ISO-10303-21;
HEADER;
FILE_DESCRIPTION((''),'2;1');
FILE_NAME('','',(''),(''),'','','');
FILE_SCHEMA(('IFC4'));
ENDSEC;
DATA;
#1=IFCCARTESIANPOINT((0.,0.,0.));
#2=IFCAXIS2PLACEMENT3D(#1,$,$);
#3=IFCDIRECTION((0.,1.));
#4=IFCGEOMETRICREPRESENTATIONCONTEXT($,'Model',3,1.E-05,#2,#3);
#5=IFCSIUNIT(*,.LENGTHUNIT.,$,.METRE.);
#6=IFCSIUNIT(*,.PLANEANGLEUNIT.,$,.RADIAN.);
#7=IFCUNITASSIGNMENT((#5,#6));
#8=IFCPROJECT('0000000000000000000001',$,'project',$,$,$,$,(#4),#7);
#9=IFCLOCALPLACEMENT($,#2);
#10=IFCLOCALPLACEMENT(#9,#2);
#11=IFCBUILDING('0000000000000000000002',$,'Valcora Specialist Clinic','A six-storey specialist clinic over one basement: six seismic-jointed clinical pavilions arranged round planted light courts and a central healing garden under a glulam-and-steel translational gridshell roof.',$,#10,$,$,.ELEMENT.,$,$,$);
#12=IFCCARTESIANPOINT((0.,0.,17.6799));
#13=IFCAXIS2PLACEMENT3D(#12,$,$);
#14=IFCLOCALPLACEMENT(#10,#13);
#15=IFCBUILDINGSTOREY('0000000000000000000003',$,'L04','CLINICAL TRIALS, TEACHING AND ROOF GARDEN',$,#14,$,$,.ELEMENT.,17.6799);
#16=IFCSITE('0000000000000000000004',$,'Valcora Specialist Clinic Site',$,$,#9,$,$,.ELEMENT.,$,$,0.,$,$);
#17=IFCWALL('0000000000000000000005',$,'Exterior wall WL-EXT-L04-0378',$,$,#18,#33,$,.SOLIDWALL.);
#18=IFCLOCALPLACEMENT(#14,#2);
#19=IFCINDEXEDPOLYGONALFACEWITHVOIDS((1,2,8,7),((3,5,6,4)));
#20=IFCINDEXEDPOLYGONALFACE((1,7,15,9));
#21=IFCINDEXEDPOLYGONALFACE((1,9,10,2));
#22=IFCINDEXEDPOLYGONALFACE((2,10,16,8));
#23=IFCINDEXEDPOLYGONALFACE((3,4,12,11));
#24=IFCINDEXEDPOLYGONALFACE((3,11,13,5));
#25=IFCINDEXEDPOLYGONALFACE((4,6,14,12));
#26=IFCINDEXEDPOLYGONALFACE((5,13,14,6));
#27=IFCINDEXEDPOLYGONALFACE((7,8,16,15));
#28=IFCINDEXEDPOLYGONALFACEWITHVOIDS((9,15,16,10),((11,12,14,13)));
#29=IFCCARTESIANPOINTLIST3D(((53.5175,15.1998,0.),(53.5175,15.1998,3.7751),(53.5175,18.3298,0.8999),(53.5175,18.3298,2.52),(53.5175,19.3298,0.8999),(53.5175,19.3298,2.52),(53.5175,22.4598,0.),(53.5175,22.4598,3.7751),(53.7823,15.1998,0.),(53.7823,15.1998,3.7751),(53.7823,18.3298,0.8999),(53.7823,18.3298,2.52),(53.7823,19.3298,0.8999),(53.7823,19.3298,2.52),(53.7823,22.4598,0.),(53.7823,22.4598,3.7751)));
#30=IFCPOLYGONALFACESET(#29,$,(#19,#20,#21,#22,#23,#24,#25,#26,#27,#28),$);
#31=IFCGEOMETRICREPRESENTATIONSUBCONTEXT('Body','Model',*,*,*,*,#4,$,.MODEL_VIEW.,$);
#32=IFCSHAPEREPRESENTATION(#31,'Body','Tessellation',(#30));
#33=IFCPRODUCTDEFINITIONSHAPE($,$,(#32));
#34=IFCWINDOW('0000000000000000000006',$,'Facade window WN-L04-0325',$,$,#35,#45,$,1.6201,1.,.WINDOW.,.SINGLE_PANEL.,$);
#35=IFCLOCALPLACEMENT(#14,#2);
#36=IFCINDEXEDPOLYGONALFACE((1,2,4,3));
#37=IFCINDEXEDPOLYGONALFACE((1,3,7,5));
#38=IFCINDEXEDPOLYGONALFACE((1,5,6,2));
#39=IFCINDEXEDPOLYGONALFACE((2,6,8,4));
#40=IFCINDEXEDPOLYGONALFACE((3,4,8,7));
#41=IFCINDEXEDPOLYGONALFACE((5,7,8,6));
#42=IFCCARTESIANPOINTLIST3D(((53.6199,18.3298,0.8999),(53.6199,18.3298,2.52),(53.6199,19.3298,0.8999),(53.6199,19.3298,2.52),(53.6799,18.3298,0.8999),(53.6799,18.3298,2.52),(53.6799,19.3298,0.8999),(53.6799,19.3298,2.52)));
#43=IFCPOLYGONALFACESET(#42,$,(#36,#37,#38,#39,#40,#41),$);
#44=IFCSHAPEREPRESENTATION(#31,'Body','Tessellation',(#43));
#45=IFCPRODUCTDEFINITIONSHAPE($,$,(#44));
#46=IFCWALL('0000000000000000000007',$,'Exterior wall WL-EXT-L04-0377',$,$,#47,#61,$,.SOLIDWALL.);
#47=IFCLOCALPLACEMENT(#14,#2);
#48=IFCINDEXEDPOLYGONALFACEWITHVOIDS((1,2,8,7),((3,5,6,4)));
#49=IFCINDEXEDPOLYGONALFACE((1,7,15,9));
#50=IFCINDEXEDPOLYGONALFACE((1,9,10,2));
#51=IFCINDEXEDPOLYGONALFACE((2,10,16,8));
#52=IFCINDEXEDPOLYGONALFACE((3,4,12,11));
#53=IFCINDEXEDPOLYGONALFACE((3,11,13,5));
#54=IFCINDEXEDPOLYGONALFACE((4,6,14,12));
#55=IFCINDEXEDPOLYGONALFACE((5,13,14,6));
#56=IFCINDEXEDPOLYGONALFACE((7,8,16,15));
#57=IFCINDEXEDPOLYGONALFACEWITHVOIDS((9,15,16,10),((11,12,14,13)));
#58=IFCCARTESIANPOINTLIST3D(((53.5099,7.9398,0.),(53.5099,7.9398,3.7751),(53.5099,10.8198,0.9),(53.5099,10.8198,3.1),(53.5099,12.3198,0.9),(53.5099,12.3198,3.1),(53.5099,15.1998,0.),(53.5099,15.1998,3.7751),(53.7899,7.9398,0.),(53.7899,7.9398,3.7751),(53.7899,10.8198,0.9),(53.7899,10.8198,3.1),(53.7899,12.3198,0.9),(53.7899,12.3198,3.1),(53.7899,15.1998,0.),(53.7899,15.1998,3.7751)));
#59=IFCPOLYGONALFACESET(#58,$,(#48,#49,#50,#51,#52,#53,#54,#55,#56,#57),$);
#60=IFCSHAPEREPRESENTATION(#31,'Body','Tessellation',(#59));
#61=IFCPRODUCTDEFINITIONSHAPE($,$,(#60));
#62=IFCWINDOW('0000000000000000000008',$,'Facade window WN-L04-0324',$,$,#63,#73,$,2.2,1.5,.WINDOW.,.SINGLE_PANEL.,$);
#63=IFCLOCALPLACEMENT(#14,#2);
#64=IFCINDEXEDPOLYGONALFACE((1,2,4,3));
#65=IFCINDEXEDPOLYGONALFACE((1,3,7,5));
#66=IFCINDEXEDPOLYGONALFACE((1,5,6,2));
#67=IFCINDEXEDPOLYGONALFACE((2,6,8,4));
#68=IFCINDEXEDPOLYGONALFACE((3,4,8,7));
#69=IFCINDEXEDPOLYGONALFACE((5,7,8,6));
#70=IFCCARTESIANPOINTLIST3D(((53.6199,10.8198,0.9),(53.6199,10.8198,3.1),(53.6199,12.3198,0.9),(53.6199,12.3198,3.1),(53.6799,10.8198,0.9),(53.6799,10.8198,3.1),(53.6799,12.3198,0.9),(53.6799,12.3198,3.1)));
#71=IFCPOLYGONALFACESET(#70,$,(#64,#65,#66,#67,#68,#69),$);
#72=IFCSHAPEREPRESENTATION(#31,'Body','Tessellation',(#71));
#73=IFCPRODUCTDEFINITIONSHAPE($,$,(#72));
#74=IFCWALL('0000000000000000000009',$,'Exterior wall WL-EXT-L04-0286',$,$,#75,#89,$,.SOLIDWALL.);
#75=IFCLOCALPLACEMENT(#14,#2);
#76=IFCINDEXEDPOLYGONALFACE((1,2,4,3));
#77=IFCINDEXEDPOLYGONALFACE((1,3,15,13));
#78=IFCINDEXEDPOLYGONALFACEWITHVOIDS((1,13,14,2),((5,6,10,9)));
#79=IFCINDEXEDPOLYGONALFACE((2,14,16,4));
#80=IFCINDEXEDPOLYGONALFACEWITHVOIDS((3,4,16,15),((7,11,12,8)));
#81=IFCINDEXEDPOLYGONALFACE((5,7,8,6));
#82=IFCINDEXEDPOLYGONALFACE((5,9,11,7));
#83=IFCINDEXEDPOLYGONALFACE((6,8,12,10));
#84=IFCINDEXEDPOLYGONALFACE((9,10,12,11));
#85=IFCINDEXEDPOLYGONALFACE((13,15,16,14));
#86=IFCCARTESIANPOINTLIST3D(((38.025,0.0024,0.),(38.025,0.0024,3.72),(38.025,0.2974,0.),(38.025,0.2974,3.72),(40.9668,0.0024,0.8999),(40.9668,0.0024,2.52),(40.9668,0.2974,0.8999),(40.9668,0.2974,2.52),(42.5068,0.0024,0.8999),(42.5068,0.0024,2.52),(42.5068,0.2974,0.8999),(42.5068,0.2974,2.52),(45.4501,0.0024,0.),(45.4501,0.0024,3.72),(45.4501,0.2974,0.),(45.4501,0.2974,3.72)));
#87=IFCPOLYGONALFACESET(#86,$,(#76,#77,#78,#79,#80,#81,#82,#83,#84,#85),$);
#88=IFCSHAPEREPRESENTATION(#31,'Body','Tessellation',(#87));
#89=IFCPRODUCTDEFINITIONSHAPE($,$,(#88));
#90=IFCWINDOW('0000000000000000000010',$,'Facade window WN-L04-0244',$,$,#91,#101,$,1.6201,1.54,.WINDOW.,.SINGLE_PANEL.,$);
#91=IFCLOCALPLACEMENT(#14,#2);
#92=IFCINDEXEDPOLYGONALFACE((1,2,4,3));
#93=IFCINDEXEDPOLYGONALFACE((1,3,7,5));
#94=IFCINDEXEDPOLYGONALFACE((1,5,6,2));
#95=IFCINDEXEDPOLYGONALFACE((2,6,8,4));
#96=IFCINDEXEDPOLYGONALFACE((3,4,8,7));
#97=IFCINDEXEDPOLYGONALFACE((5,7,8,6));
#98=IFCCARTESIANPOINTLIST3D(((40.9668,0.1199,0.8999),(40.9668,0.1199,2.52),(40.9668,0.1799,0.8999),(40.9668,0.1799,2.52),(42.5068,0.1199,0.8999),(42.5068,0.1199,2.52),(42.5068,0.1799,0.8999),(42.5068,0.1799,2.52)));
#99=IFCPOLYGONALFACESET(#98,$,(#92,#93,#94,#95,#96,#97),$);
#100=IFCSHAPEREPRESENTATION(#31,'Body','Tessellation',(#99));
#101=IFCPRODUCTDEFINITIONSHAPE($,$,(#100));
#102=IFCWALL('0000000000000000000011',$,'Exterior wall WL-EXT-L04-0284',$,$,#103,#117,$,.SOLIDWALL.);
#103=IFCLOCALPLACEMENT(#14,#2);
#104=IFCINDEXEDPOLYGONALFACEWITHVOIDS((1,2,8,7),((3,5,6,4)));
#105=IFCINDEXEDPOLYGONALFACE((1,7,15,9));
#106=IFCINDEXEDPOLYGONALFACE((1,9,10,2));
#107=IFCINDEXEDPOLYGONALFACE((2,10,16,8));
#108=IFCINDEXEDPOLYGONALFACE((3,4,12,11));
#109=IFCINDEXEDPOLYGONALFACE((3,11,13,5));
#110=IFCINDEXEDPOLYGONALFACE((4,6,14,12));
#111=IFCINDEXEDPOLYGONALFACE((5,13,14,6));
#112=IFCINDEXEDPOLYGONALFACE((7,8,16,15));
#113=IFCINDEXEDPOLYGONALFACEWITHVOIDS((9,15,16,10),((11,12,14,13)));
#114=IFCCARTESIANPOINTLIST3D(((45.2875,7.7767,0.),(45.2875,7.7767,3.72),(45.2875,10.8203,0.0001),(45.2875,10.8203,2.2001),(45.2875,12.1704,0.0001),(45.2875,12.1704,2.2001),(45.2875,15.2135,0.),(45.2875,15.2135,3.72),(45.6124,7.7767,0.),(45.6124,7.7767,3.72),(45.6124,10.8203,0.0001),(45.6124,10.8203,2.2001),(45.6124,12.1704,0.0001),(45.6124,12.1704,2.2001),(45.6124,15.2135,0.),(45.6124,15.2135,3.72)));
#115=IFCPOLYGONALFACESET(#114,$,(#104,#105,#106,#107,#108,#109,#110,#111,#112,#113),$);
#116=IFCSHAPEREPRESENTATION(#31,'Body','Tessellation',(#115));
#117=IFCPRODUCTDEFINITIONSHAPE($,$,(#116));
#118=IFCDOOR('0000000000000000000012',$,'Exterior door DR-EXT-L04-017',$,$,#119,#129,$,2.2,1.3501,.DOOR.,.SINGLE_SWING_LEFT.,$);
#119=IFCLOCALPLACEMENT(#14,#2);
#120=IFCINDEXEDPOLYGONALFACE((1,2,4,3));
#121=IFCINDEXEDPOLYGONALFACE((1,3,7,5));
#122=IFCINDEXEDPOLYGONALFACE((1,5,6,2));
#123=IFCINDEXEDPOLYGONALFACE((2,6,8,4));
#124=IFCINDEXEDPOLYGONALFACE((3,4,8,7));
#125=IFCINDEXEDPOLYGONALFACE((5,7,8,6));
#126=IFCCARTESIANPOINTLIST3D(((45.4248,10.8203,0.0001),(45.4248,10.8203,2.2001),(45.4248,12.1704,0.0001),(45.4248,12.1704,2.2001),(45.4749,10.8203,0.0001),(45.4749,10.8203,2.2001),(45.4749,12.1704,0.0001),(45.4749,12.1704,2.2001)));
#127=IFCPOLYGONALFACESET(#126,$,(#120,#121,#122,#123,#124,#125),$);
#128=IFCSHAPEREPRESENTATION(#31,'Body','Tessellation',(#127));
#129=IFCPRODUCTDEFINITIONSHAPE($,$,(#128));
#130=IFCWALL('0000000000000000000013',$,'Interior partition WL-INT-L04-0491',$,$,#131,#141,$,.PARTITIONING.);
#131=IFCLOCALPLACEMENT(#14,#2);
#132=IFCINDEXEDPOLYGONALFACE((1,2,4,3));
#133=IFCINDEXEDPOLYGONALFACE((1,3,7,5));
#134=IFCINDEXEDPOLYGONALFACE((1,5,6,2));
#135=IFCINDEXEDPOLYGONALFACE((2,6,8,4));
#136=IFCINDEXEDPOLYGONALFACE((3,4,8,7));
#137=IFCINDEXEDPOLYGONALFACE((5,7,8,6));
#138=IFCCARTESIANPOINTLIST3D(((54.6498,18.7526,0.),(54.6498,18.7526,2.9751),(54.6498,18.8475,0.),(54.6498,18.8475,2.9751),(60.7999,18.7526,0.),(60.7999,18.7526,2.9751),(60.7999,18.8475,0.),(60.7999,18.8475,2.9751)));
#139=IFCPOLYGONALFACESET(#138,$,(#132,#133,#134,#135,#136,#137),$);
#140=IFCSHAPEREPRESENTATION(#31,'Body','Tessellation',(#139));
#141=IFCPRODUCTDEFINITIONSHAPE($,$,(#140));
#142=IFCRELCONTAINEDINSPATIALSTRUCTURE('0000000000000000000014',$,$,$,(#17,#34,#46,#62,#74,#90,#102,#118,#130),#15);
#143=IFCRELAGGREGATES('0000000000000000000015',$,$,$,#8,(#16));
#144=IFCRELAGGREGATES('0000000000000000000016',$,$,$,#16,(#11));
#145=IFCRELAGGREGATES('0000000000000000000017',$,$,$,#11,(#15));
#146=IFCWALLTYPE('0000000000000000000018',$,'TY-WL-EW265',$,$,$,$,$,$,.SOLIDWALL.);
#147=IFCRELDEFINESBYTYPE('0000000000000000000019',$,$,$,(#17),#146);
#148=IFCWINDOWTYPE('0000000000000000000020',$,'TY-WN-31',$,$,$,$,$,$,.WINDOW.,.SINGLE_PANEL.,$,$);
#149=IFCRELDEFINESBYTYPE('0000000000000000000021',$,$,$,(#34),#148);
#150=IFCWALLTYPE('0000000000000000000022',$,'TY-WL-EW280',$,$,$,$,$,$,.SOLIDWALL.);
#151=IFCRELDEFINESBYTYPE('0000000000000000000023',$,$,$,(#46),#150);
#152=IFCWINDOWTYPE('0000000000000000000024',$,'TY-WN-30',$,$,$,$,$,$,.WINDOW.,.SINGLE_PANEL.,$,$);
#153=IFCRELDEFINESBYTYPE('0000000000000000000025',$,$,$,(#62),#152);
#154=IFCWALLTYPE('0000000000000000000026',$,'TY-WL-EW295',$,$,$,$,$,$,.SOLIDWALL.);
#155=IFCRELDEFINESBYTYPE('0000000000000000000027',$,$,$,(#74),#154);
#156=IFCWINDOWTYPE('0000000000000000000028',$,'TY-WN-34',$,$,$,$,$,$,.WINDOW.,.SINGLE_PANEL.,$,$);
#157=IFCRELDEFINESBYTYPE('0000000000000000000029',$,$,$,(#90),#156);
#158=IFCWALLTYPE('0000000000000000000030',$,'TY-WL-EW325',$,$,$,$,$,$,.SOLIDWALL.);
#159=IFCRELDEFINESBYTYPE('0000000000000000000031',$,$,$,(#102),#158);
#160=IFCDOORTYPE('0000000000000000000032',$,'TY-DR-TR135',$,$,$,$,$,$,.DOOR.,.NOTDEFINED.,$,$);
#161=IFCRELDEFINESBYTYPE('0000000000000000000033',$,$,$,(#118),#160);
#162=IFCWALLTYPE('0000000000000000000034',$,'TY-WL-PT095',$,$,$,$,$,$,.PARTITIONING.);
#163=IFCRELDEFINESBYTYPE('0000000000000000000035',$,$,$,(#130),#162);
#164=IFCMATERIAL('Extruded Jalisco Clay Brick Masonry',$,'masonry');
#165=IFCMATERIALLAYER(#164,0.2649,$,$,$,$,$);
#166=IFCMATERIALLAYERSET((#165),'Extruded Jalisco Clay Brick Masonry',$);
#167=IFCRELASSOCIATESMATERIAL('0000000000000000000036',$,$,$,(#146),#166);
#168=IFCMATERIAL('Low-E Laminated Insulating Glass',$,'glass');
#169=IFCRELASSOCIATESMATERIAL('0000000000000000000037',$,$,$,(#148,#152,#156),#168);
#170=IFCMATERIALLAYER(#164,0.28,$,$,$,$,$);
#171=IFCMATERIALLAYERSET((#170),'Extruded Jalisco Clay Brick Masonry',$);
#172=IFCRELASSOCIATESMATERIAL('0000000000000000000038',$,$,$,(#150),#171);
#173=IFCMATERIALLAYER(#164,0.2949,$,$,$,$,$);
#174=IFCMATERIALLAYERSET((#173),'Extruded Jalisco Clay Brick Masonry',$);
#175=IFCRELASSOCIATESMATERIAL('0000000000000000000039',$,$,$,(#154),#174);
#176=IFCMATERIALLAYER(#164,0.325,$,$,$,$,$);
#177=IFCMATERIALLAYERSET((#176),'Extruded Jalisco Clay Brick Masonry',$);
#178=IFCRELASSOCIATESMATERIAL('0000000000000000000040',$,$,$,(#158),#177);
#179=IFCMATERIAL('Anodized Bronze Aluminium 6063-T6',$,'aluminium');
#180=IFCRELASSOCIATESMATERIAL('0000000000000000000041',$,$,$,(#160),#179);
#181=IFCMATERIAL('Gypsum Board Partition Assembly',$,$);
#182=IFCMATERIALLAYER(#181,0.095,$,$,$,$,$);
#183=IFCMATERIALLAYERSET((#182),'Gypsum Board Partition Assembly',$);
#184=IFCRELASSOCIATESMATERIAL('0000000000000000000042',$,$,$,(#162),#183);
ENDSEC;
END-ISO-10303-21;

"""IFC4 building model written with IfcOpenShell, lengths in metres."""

from ifc_helpers import new_model, si_unit, direction, frame, frame_2d, origin, place, context, subcontext, project, spatial, rectangle, extrude, material, layer, layer_set, type_object, element, fill, save


model = new_model("IFC4")

# Units and contexts
model_context = context("Model", 3, precision=1e-05, world=origin(), true_north=direction((0.0, 1.0)))
body_context = subcontext(model_context, "Body", "Model", "MODEL_VIEW")
ifc_project = project(units=[si_unit("LENGTHUNIT", "METRE"), si_unit("PLANEANGLEUNIT", "RADIAN")], contexts=[model_context])

# Site, building, storey
site_placement = place(None, origin())
site = spatial("IfcSite", under=ifc_project, at=site_placement, Name="Valcora Specialist Clinic Site", CompositionType="ELEMENT", RefElevation=0.0)
building_placement = place(site_placement, origin())
building = spatial("IfcBuilding", under=site, at=building_placement, Name="Valcora Specialist Clinic", Description="A six-storey specialist clinic over one basement: six seismic-jointed clinical pavilions arranged round planted light courts and a central healing garden under a glulam-and-steel translational gridshell roof.", CompositionType="ELEMENT")
storey_placement = place(building_placement, frame((0.0, 0.0, 17.6799)))
storey = spatial("IfcBuildingStorey", under=building, at=storey_placement, Name="L04", Description="CLINICAL TRIALS, TEACHING AND ROOF GARDEN", CompositionType="ELEMENT", Elevation=17.6799)

# Walls, openings, windows
ifc_material_1 = material(Name="Extruded Jalisco Clay Brick Masonry", Category="masonry")
ifc_layer_1 = layer(ifc_material_1, 0.2649)
ifc_layer_set_1 = layer_set([ifc_layer_1], Name="Extruded Jalisco Clay Brick Masonry")
wall_type_1 = type_object("IfcWallType", Name="TY-WL-EW265", PredefinedType="SOLIDWALL", material=ifc_layer_set_1)
wall_1_placement = place(storey_placement, frame((53.6499, 15.2, 0.0), z_axis=(0.0, 0.0, 1.0), x_axis=(0.0, 1.0, 0.0)))
wall_1 = element("IfcWall", 1, at=wall_1_placement, inside=storey, type_object=wall_type_1, Name="Exterior wall WL-EXT-L04-0378", PredefinedType="SOLIDWALL", context=body_context, shape_type="SweptSolid", body=[
    extrude(rectangle(XDim=7.26, YDim=0.2649, at=frame_2d((3.6299, 0.0))), origin(), (0.0, 0.0, 1.0), 3.7751),
])
opening_1_placement = place(wall_1_placement, frame((3.1299, 0.0, 0.8999)))
opening_1 = element("IfcOpeningElement", 2, at=opening_1_placement, cuts=wall_1, PredefinedType="OPENING", context=body_context, shape_type="SweptSolid", body=[
    extrude(rectangle(XDim=1.0, YDim=1.6201, at=frame_2d((0.5, 0.8101))), frame((0.0, 0.1423, 0.0), z_axis=(0.0, -1.0, 0.0), x_axis=(1.0, 0.0, 0.0)), (0.0, 0.0, 1.0), 0.2849),
])
ifc_material_2 = material(Name="Low-E Laminated Insulating Glass", Category="glass")
window_type_1 = type_object("IfcWindowType", Name="TY-WN-31", PartitioningType="SINGLE_PANEL", PredefinedType="WINDOW", material=ifc_material_2)
window_1_placement = place(opening_1_placement, origin())
window_1 = element("IfcWindow", 3, at=window_1_placement, inside=storey, type_object=window_type_1, Name="Facade window WN-L04-0325", OverallHeight=1.6201, OverallWidth=1.0, PartitioningType="SINGLE_PANEL", PredefinedType="WINDOW", context=body_context, shape_type="SweptSolid", body=[
    extrude(rectangle(XDim=1.0, YDim=1.6201, at=frame_2d((0.5, 0.8101))), frame((0.0, 0.03, 0.0), z_axis=(0.0, -1.0, 0.0), x_axis=(1.0, 0.0, 0.0)), (0.0, 0.0, 1.0), 0.0601),
])
fill(opening_1, window_1)
ifc_layer_2 = layer(ifc_material_1, 0.28)
ifc_layer_set_2 = layer_set([ifc_layer_2], Name="Extruded Jalisco Clay Brick Masonry")
wall_type_2 = type_object("IfcWallType", Name="TY-WL-EW280", PredefinedType="SOLIDWALL", material=ifc_layer_set_2)
wall_2_placement = place(storey_placement, frame((53.6499, 7.9399, 0.0), z_axis=(0.0, 0.0, 1.0), x_axis=(0.0, 1.0, 0.0)))
wall_2 = element("IfcWall", 4, at=wall_2_placement, inside=storey, type_object=wall_type_2, Name="Exterior wall WL-EXT-L04-0377", PredefinedType="SOLIDWALL", context=body_context, shape_type="SweptSolid", body=[
    extrude(rectangle(XDim=7.26, YDim=0.28, at=frame_2d((3.6299, 0.0))), origin(), (0.0, 0.0, 1.0), 3.7751),
])
opening_2_placement = place(wall_2_placement, frame((2.8799, 0.0, 0.8999)))
opening_2 = element("IfcOpeningElement", 5, at=opening_2_placement, cuts=wall_2, PredefinedType="OPENING", context=body_context, shape_type="SweptSolid", body=[
    extrude(rectangle(XDim=1.5, YDim=2.2, at=frame_2d((0.75, 1.1001))), frame((0.0, 0.1499, 0.0), z_axis=(0.0, -1.0, 0.0), x_axis=(1.0, 0.0, 0.0)), (0.0, 0.0, 1.0), 0.3),
])
window_type_2 = type_object("IfcWindowType", Name="TY-WN-30", PartitioningType="SINGLE_PANEL", PredefinedType="WINDOW", material=ifc_material_2)
window_2_placement = place(opening_2_placement, origin())
window_2 = element("IfcWindow", 6, at=window_2_placement, inside=storey, type_object=window_type_2, Name="Facade window WN-L04-0324", OverallHeight=2.2, OverallWidth=1.5, PartitioningType="SINGLE_PANEL", PredefinedType="WINDOW", context=body_context, shape_type="SweptSolid", body=[
    extrude(rectangle(XDim=1.5, YDim=2.2, at=frame_2d((0.75, 1.1001))), frame((0.0, 0.03, 0.0), z_axis=(0.0, -1.0, 0.0), x_axis=(1.0, 0.0, 0.0)), (0.0, 0.0, 1.0), 0.0601),
])
fill(opening_2, window_2)
ifc_layer_3 = layer(ifc_material_1, 0.2949)
ifc_layer_set_3 = layer_set([ifc_layer_3], Name="Extruded Jalisco Clay Brick Masonry")
wall_type_3 = type_object("IfcWallType", Name="TY-WL-EW295", PredefinedType="SOLIDWALL", material=ifc_layer_set_3)
wall_3_placement = place(storey_placement, frame((45.45, 0.1499, 0.0), z_axis=(0.0, 0.0, 1.0), x_axis=(-1.0, 0.0, 0.0)))
wall_3 = element("IfcWall", 7, at=wall_3_placement, inside=storey, type_object=wall_type_3, Name="Exterior wall WL-EXT-L04-0286", PredefinedType="SOLIDWALL", context=body_context, shape_type="SweptSolid", body=[
    extrude(rectangle(XDim=7.425, YDim=0.2949, at=frame_2d((3.7124, 0.0))), origin(), (0.0, 0.0, 1.0), 3.72),
])
opening_3_placement = place(wall_3_placement, frame((2.9431, 0.0, 0.8999)))
opening_3 = element("IfcOpeningElement", 8, at=opening_3_placement, cuts=wall_3, PredefinedType="OPENING", context=body_context, shape_type="SweptSolid", body=[
    extrude(rectangle(XDim=1.54, YDim=1.6201, at=frame_2d((0.77, 0.8101))), frame((0.0, 0.1575, 0.0), z_axis=(0.0, -1.0, 0.0), x_axis=(1.0, 0.0, 0.0)), (0.0, 0.0, 1.0), 0.3149),
])
window_type_3 = type_object("IfcWindowType", Name="TY-WN-34", PartitioningType="SINGLE_PANEL", PredefinedType="WINDOW", material=ifc_material_2)
window_3_placement = place(opening_3_placement, origin())
window_3 = element("IfcWindow", 9, at=window_3_placement, inside=storey, type_object=window_type_3, Name="Facade window WN-L04-0244", OverallHeight=1.6201, OverallWidth=1.54, PartitioningType="SINGLE_PANEL", PredefinedType="WINDOW", context=body_context, shape_type="SweptSolid", body=[
    extrude(rectangle(XDim=1.54, YDim=1.6201, at=frame_2d((0.77, 0.8101))), frame((0.0, 0.03, 0.0), z_axis=(0.0, -1.0, 0.0), x_axis=(1.0, 0.0, 0.0)), (0.0, 0.0, 1.0), 0.0601),
])
fill(opening_3, window_3)

# Wall, opening, door
ifc_material_3 = material(Name="Anodized Bronze Aluminium 6063-T6", Category="aluminium")
ifc_layer_4 = layer(ifc_material_1, 0.325)
ifc_layer_set_4 = layer_set([ifc_layer_4], Name="Extruded Jalisco Clay Brick Masonry")
wall_type_4 = type_object("IfcWallType", Name="TY-WL-EW325", PredefinedType="SOLIDWALL", material=ifc_layer_set_4)
wall_4_placement = place(storey_placement, frame((45.45, 15.2134, 0.0), z_axis=(0.0, 0.0, 1.0), x_axis=(0.0, -1.0, 0.0)))
wall_4 = element("IfcWall", 10, at=wall_4_placement, inside=storey, type_object=wall_type_4, Name="Exterior wall WL-EXT-L04-0284", PredefinedType="SOLIDWALL", context=body_context, shape_type="SweptSolid", body=[
    extrude(rectangle(XDim=7.4368, YDim=0.325, at=frame_2d((3.7183, 0.0))), origin(), (0.0, 0.0, 1.0), 3.72),
])
opening_4_placement = place(wall_4_placement, frame((3.043, 0.0, 0.0)))
opening_4 = element("IfcOpeningElement", 11, at=opening_4_placement, cuts=wall_4, PredefinedType="OPENING", context=body_context, shape_type="SweptSolid", body=[
    extrude(rectangle(XDim=1.3501, YDim=2.2, at=frame_2d((0.675, 1.1001))), frame((0.0, 0.1724, 0.0), z_axis=(0.0, -1.0, 0.0), x_axis=(1.0, 0.0, 0.0)), (0.0, 0.0, 1.0), 0.345),
])
door_type_1 = type_object("IfcDoorType", Name="TY-DR-TR135", OperationType="NOTDEFINED", PredefinedType="DOOR", material=ifc_material_3)
door_1_placement = place(opening_4_placement, origin())
door_1 = element("IfcDoor", 12, at=door_1_placement, inside=storey, type_object=door_type_1, Name="Exterior door DR-EXT-L04-017", OperationType="SINGLE_SWING_LEFT", OverallHeight=2.2, OverallWidth=1.3501, PredefinedType="DOOR", context=body_context, shape_type="SweptSolid", body=[
    extrude(rectangle(XDim=1.3501, YDim=2.2, at=frame_2d((0.675, 1.1001))), frame((0.0, 0.0249, 0.0), z_axis=(0.0, -1.0, 0.0), x_axis=(1.0, 0.0, 0.0)), (0.0, 0.0, 1.0), 0.05),
])
fill(opening_4, door_1)

# Wall
ifc_material_4 = material(Name="Gypsum Board Partition Assembly")
ifc_layer_5 = layer(ifc_material_4, 0.095)
ifc_layer_set_5 = layer_set([ifc_layer_5], Name="Gypsum Board Partition Assembly")
wall_type_5 = type_object("IfcWallType", Name="TY-WL-PT095", PredefinedType="PARTITIONING", material=ifc_layer_set_5)
wall_5_placement = place(storey_placement, frame((60.8, 18.8, 0.0), z_axis=(0.0, 0.0, 1.0), x_axis=(-1.0, 0.0, 0.0)))
element("IfcWall", 13, at=wall_5_placement, inside=storey, type_object=wall_type_5, Name="Interior partition WL-INT-L04-0491", PredefinedType="PARTITIONING", context=body_context, shape_type="SweptSolid", body=[
    extrude(rectangle(XDim=6.1501, YDim=0.095, at=frame_2d((3.0752, 0.0))), origin(), (0.0, 0.0, 1.0), 2.9751),
])

save(model, "model.ifc")
